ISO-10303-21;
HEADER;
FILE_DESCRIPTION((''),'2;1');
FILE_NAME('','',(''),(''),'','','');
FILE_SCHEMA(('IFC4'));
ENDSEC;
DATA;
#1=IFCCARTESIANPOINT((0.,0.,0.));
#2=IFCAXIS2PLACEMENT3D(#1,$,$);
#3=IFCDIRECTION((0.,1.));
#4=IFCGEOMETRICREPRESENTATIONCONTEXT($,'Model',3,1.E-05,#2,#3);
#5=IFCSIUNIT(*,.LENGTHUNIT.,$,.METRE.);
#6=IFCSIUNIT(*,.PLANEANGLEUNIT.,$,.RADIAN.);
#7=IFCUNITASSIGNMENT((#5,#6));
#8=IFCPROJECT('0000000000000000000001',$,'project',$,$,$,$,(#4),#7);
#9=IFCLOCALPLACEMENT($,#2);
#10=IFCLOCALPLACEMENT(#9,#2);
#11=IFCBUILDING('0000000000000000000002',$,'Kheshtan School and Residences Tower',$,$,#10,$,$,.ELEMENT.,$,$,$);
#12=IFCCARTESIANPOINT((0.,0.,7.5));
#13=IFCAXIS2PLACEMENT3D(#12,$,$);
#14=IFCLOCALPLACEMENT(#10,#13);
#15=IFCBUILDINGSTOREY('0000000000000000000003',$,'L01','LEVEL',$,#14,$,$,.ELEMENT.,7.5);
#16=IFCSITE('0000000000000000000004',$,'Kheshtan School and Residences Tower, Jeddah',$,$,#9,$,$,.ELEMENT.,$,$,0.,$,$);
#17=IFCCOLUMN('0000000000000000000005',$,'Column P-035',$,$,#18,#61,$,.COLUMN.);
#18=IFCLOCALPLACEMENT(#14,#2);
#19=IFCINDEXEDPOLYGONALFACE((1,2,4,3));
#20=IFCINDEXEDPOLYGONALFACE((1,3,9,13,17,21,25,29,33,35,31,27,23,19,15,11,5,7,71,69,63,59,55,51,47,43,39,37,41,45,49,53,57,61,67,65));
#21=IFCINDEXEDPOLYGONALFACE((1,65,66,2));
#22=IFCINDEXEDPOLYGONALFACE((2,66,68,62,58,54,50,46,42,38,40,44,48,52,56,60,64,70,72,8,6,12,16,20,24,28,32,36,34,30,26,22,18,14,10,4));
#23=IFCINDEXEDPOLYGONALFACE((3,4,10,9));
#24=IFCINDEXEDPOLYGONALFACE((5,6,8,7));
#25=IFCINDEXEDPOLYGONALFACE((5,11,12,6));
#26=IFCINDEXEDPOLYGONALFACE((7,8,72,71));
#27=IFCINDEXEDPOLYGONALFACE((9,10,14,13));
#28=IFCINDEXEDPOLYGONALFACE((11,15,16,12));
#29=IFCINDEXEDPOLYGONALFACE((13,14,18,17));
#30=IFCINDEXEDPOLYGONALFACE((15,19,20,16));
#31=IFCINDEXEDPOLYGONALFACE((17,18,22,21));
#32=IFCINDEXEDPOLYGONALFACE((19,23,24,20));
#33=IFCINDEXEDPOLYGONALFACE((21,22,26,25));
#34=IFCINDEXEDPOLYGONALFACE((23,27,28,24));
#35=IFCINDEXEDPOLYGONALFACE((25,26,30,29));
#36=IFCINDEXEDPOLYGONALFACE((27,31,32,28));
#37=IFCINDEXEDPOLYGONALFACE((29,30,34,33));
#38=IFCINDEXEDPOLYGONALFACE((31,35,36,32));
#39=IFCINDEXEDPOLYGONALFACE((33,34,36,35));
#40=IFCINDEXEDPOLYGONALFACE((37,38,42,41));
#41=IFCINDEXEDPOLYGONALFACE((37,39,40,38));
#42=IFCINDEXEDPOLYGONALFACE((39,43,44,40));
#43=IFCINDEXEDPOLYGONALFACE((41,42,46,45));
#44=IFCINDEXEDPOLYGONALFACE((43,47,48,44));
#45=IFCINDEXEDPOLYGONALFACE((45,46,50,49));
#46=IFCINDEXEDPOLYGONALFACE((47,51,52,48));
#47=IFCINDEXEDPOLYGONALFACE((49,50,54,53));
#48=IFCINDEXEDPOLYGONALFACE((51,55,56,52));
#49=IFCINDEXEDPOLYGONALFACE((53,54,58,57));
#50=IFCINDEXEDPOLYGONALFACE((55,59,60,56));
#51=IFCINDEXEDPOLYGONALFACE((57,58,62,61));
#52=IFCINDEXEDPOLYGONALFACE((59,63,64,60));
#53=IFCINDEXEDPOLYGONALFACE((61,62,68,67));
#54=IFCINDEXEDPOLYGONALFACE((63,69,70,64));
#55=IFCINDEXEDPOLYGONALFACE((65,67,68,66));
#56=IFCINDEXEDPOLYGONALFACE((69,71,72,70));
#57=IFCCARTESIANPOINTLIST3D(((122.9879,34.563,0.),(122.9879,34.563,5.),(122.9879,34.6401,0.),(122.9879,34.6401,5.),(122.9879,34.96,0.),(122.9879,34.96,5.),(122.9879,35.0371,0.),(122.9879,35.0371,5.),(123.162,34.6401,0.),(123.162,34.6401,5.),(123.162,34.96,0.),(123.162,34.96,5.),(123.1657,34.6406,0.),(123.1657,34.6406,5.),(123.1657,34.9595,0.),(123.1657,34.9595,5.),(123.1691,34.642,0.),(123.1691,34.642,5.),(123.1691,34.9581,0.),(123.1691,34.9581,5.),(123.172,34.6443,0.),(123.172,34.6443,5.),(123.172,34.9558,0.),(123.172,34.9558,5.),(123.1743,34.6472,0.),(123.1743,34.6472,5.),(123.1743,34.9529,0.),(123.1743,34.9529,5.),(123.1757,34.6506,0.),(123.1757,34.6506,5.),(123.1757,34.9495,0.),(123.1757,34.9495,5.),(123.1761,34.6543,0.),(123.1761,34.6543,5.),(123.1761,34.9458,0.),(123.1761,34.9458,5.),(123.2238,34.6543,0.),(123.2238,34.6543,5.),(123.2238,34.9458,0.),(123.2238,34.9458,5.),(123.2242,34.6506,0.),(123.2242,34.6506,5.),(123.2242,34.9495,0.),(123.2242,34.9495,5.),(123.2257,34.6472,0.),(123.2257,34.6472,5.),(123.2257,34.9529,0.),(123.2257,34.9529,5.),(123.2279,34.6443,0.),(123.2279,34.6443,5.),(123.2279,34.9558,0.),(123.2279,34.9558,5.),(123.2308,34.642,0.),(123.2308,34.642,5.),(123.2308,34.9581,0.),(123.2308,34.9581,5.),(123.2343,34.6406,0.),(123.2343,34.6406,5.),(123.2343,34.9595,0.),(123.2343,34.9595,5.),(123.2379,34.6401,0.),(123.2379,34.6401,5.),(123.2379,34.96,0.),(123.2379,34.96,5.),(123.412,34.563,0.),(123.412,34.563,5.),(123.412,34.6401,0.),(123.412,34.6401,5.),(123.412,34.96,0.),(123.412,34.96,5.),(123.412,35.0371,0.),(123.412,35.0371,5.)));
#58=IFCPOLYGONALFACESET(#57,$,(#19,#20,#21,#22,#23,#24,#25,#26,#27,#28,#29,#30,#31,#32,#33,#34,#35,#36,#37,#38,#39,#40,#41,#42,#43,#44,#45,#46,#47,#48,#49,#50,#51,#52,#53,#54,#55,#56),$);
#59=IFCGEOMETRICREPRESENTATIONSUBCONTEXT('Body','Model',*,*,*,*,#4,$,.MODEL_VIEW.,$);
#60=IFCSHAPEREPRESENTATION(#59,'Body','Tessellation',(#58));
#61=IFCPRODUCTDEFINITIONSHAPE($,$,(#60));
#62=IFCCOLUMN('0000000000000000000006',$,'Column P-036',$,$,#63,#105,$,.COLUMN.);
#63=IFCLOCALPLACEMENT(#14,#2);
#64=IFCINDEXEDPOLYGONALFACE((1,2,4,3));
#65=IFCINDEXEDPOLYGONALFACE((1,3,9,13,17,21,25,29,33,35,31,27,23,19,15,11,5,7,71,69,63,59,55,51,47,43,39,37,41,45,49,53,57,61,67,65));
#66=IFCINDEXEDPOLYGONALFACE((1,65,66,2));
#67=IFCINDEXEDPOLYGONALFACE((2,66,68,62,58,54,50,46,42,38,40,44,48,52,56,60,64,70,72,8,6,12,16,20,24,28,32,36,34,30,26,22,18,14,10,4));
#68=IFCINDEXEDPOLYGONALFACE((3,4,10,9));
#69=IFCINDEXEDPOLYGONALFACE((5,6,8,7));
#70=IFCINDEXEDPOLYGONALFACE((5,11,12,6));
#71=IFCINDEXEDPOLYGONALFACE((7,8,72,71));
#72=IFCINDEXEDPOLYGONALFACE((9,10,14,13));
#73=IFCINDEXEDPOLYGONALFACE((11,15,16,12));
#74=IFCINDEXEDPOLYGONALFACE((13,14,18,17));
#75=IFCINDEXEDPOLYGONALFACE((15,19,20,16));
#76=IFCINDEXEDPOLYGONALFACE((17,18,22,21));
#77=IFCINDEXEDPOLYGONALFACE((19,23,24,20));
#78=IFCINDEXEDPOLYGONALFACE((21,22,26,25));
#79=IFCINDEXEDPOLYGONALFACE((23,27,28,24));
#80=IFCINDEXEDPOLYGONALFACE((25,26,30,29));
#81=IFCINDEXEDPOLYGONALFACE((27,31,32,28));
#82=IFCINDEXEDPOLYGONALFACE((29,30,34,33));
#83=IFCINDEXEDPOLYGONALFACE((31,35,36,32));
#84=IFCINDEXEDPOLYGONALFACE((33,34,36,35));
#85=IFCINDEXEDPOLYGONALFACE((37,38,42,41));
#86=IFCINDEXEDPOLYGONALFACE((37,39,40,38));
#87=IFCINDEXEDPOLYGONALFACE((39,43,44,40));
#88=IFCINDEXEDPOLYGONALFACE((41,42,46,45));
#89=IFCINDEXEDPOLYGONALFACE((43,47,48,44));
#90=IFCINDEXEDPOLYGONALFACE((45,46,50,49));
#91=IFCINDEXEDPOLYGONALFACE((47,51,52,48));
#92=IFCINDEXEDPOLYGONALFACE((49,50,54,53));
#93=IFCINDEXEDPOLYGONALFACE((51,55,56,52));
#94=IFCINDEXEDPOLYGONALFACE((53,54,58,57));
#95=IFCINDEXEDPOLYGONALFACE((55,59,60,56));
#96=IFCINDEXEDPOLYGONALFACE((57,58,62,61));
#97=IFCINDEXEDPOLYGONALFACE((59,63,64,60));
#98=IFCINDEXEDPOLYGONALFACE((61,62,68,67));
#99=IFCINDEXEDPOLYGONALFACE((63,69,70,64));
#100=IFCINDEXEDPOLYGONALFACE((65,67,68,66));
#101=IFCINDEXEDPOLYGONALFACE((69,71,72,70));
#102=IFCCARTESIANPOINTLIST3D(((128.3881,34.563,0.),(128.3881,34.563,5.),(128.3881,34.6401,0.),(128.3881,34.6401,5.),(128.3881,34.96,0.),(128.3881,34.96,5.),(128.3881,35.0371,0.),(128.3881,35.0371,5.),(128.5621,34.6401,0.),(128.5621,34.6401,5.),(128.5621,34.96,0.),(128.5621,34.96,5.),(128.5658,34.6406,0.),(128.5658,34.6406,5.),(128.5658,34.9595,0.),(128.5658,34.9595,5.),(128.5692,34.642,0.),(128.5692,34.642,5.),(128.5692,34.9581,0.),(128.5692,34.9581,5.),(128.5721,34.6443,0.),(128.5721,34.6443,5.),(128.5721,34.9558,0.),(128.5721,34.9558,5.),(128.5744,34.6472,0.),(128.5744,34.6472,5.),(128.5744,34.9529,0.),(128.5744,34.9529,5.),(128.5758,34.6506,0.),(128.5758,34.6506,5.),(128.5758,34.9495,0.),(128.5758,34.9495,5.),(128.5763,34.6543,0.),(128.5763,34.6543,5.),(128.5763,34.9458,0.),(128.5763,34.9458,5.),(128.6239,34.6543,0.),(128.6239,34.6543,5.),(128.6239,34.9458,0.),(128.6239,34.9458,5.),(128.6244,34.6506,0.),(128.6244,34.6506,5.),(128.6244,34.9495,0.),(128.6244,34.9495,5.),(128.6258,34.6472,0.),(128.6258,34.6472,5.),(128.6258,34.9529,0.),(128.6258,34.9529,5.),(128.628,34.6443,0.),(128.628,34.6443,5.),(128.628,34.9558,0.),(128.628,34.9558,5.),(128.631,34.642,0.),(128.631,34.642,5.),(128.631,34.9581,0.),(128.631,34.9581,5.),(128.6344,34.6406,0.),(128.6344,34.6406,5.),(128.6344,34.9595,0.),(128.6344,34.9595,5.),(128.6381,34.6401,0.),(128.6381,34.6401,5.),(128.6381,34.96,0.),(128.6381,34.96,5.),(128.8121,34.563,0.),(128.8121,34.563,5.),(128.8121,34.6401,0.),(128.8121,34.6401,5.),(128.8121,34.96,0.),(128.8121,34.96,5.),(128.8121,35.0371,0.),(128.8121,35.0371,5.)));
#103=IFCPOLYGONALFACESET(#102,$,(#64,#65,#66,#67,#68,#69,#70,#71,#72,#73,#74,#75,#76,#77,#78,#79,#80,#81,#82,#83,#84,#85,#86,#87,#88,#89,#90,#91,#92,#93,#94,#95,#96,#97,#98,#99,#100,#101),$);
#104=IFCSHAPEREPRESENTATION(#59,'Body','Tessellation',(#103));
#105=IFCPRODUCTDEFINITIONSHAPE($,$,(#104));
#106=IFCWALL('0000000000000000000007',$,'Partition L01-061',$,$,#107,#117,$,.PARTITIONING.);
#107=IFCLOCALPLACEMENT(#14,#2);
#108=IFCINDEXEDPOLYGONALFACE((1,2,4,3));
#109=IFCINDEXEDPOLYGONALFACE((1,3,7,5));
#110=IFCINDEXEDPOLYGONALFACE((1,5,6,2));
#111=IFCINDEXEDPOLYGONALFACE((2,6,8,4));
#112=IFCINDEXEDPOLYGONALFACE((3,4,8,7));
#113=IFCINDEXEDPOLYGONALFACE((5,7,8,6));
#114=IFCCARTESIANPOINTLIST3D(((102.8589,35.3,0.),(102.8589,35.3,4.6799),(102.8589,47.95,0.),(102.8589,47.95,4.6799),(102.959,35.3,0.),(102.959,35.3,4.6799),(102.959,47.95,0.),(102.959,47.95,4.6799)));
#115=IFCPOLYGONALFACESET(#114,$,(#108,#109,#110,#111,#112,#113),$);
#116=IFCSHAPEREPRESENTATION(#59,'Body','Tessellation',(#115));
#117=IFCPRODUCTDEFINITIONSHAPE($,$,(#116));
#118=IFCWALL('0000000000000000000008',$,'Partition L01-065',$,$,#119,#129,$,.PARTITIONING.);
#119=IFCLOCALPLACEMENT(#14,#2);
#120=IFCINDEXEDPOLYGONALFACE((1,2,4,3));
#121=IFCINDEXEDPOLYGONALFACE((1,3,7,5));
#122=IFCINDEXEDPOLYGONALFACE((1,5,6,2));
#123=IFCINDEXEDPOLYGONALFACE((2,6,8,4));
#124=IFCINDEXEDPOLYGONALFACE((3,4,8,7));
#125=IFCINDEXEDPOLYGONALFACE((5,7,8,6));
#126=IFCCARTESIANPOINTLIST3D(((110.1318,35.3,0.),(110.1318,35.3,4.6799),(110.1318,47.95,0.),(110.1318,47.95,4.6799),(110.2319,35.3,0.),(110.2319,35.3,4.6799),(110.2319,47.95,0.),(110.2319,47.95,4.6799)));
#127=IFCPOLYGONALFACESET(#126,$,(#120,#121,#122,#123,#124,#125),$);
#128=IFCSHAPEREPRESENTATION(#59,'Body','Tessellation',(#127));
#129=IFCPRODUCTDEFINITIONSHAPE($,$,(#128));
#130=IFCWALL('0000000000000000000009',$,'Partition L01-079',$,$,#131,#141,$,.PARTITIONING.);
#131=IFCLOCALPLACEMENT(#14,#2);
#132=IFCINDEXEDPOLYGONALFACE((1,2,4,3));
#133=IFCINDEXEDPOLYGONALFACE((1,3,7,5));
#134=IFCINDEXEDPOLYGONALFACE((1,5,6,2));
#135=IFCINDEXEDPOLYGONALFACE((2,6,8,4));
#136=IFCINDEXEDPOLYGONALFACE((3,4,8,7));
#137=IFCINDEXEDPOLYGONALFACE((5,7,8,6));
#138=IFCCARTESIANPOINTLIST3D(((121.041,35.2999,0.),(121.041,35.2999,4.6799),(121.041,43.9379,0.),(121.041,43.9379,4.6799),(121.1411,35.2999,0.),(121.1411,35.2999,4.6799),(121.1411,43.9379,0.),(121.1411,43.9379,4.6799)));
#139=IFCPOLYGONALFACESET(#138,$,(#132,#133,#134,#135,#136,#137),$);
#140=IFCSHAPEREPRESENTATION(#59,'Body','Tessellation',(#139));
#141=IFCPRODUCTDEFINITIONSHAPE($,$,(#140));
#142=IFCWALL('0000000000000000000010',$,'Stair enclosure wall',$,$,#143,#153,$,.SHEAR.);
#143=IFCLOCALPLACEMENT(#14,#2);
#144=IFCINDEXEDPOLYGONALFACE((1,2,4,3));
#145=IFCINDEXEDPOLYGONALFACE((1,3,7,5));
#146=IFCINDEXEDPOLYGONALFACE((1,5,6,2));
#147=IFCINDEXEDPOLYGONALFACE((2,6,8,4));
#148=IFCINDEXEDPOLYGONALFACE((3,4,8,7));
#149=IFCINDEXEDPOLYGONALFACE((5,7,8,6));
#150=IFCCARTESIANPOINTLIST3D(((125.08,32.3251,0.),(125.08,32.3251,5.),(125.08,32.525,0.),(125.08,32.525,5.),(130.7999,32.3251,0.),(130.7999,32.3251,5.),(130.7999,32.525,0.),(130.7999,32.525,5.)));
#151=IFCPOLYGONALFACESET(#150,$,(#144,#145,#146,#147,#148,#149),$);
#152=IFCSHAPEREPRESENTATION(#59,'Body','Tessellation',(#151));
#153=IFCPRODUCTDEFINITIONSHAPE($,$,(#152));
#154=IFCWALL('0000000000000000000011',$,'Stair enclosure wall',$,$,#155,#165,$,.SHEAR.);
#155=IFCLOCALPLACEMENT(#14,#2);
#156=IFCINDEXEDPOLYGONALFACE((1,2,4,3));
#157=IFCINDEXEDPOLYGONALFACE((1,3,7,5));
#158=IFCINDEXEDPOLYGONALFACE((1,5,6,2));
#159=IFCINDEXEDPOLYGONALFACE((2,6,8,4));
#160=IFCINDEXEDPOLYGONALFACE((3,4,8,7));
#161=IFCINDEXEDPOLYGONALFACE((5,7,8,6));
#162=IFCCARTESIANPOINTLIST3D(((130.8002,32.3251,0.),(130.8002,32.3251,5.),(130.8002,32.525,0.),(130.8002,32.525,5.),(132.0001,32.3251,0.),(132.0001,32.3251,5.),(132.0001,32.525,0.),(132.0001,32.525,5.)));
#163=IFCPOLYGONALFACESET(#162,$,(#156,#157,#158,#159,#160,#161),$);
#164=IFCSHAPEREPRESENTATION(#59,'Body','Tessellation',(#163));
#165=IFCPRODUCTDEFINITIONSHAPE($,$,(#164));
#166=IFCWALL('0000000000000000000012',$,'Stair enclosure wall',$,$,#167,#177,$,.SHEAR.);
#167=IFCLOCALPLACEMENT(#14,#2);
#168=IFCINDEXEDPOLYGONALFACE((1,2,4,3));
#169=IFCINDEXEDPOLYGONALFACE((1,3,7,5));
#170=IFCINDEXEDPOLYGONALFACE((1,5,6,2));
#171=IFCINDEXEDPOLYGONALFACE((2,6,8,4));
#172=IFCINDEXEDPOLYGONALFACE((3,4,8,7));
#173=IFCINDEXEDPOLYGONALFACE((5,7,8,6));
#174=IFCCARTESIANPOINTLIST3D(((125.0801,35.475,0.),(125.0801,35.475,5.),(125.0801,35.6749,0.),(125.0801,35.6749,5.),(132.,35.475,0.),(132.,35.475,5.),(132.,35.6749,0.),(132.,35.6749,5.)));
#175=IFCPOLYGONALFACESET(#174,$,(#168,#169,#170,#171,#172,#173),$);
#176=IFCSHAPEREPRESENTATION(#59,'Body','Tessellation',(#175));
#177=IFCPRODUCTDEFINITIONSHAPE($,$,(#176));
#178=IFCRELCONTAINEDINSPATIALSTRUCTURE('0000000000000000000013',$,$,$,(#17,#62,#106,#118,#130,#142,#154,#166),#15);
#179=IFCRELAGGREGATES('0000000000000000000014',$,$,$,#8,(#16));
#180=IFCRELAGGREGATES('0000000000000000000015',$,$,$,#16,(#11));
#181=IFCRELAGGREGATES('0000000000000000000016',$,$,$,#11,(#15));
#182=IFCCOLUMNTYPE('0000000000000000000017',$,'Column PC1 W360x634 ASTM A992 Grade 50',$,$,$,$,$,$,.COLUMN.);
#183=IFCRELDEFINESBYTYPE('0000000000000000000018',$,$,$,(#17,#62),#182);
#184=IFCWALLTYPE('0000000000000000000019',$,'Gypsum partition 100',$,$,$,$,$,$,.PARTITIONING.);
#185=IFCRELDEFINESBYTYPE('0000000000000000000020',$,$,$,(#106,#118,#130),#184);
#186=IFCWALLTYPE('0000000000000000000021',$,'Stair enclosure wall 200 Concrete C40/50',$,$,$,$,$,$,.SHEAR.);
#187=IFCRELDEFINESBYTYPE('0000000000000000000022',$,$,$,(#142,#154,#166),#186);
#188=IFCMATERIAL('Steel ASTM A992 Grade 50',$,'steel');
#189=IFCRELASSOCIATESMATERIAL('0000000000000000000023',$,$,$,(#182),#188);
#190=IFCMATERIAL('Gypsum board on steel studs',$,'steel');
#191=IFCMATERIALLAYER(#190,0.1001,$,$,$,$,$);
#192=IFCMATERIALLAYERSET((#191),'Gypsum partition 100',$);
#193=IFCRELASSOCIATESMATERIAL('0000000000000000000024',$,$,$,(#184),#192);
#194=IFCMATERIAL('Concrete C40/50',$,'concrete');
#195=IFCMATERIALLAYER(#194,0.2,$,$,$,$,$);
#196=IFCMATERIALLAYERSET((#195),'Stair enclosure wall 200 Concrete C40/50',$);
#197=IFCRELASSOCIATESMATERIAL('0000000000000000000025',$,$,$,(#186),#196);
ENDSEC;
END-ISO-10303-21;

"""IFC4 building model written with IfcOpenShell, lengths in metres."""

from ifc_helpers import new_model, si_unit, direction, frame, frame_2d, origin, origin_2d, place, context, subcontext, project, spatial, rectangle, i_section, extrude, material, layer, layer_set, material_profile, profile_set, type_object, element, save


model = new_model("IFC4")

# Units and contexts
model_context = context("Model", 3, precision=1e-05, world=origin(), true_north=direction((0.0, 1.0)))
body_context = subcontext(model_context, "Body", "Model", "MODEL_VIEW")
ifc_project = project(units=[si_unit("LENGTHUNIT", "METRE"), si_unit("PLANEANGLEUNIT", "RADIAN")], contexts=[model_context])

# Site, building, storey
site_placement = place(None, origin())
site = spatial("IfcSite", under=ifc_project, at=site_placement, Name="Kheshtan School and Residences Tower, Jeddah", CompositionType="ELEMENT", RefElevation=0.0)
building_placement = place(site_placement, origin())
building = spatial("IfcBuilding", under=site, at=building_placement, Name="Kheshtan School and Residences Tower", CompositionType="ELEMENT")
storey_placement = place(building_placement, frame((0.0, 0.0, 7.5)))
storey = spatial("IfcBuildingStorey", under=building, at=storey_placement, Name="L01", Description="LEVEL", CompositionType="ELEMENT", Elevation=7.5)

# Columns
ifc_material_1 = material(Name="Steel ASTM A992 Grade 50", Category="steel")
ifc_material_profile = material_profile(ifc_material_1, i_section(OverallWidth=0.4241, OverallDepth=0.4741, WebThickness=0.0476, FlangeThickness=0.0771, FilletRadius=0.0142, at=origin_2d()), Name="W360x634")
ifc_profile_set = profile_set([ifc_material_profile], Name="Steel ASTM A992 Grade 50")
column_type = type_object("IfcColumnType", Name="Column PC1 W360x634 ASTM A992 Grade 50", PredefinedType="COLUMN", material=ifc_profile_set)
for number, where, z_axis, x_axis, name in (
    (1, (123.2, 34.8, 0.0), (0.0, 0.0, 1.0), (1.0, 0.0, 0.0), "Column P-035"),
    (2, (128.6001, 34.8, 0.0), (0.0, 0.0, 1.0), (1.0, 0.0, 0.0), "Column P-036"),
):
    element("IfcColumn", number, at=place(storey_placement, frame(where, z_axis=z_axis, x_axis=x_axis)), inside=storey, type_object=column_type, Name=name, PredefinedType="COLUMN", context=body_context, shape_type="SweptSolid", body=[
        extrude(i_section(OverallWidth=0.4241, OverallDepth=0.4741, WebThickness=0.0476, FlangeThickness=0.0771, FilletRadius=0.0142, at=origin_2d()), origin(), (0.0, 0.0, 1.0), 5.0),
    ])

# Walls
ifc_material_2 = material(Name="Gypsum board on steel studs", Category="steel")
ifc_layer_1 = layer(ifc_material_2, 0.1001)
ifc_layer_set_1 = layer_set([ifc_layer_1], Name="Gypsum partition 100")
wall_type_1 = type_object("IfcWallType", Name="Gypsum partition 100", PredefinedType="PARTITIONING", material=ifc_layer_set_1)
for number, where, z_axis, x_axis, name in (
    (3, (102.9089, 35.3, 0.0), (0.0, 0.0, 1.0), (0.0, 1.0, 0.0), "Partition L01-061"),
    (4, (110.1819, 35.3, 0.0), (0.0, 0.0, 1.0), (0.0, 1.0, 0.0), "Partition L01-065"),
):
    element("IfcWall", number, at=place(storey_placement, frame(where, z_axis=z_axis, x_axis=x_axis)), inside=storey, type_object=wall_type_1, Name=name, PredefinedType="PARTITIONING", context=body_context, shape_type="SweptSolid", body=[
        extrude(rectangle(XDim=12.6499, YDim=0.1001, at=frame_2d((6.325, 0.0))), origin(), (0.0, 0.0, 1.0), 4.6799),
    ])
wall_1_placement = place(storey_placement, frame((121.0911, 35.3, 0.0), z_axis=(0.0, 0.0, 1.0), x_axis=(0.0, 1.0, 0.0)))
element("IfcWall", 5, at=wall_1_placement, inside=storey, type_object=wall_type_1, Name="Partition L01-079", PredefinedType="PARTITIONING", context=body_context, shape_type="SweptSolid", body=[
    extrude(rectangle(XDim=8.6379, YDim=0.1001, at=frame_2d((4.3188, 0.0))), origin(), (0.0, 0.0, 1.0), 4.6799),
])
ifc_material_3 = material(Name="Concrete C40/50", Category="concrete")
ifc_layer_2 = layer(ifc_material_3, 0.2)
ifc_layer_set_2 = layer_set([ifc_layer_2], Name="Stair enclosure wall 200 Concrete C40/50")
wall_type_2 = type_object("IfcWallType", Name="Stair enclosure wall 200 Concrete C40/50", PredefinedType="SHEAR", material=ifc_layer_set_2)
wall_2_placement = place(storey_placement, frame((125.0801, 32.425, 0.0), z_axis=(0.0, 0.0, 1.0), x_axis=(1.0, 0.0, 0.0)))
element("IfcWall", 6, at=wall_2_placement, inside=storey, type_object=wall_type_2, Name="Stair enclosure wall", PredefinedType="SHEAR", context=body_context, shape_type="SweptSolid", body=[
    extrude(rectangle(XDim=5.72, YDim=0.2, at=frame_2d((2.8599, 0.0))), origin(), (0.0, 0.0, 1.0), 5.0),
])
wall_3_placement = place(storey_placement, frame((130.8, 32.425, 0.0), z_axis=(0.0, 0.0, 1.0), x_axis=(1.0, 0.0, 0.0)))
element("IfcWall", 7, at=wall_3_placement, inside=storey, type_object=wall_type_2, Name="Stair enclosure wall", PredefinedType="SHEAR", context=body_context, shape_type="SweptSolid", body=[
    extrude(rectangle(XDim=1.2, YDim=0.2, at=frame_2d((0.6001, 0.0))), origin(), (0.0, 0.0, 1.0), 5.0),
])
wall_4_placement = place(storey_placement, frame((125.0801, 35.575, 0.0), z_axis=(0.0, 0.0, 1.0), x_axis=(1.0, 0.0, 0.0)))
element("IfcWall", 8, at=wall_4_placement, inside=storey, type_object=wall_type_2, Name="Stair enclosure wall", PredefinedType="SHEAR", context=body_context, shape_type="SweptSolid", body=[
    extrude(rectangle(XDim=6.9199, YDim=0.2, at=frame_2d((3.46, 0.0))), origin(), (0.0, 0.0, 1.0), 5.0),
])

save(model, "model.ifc")
